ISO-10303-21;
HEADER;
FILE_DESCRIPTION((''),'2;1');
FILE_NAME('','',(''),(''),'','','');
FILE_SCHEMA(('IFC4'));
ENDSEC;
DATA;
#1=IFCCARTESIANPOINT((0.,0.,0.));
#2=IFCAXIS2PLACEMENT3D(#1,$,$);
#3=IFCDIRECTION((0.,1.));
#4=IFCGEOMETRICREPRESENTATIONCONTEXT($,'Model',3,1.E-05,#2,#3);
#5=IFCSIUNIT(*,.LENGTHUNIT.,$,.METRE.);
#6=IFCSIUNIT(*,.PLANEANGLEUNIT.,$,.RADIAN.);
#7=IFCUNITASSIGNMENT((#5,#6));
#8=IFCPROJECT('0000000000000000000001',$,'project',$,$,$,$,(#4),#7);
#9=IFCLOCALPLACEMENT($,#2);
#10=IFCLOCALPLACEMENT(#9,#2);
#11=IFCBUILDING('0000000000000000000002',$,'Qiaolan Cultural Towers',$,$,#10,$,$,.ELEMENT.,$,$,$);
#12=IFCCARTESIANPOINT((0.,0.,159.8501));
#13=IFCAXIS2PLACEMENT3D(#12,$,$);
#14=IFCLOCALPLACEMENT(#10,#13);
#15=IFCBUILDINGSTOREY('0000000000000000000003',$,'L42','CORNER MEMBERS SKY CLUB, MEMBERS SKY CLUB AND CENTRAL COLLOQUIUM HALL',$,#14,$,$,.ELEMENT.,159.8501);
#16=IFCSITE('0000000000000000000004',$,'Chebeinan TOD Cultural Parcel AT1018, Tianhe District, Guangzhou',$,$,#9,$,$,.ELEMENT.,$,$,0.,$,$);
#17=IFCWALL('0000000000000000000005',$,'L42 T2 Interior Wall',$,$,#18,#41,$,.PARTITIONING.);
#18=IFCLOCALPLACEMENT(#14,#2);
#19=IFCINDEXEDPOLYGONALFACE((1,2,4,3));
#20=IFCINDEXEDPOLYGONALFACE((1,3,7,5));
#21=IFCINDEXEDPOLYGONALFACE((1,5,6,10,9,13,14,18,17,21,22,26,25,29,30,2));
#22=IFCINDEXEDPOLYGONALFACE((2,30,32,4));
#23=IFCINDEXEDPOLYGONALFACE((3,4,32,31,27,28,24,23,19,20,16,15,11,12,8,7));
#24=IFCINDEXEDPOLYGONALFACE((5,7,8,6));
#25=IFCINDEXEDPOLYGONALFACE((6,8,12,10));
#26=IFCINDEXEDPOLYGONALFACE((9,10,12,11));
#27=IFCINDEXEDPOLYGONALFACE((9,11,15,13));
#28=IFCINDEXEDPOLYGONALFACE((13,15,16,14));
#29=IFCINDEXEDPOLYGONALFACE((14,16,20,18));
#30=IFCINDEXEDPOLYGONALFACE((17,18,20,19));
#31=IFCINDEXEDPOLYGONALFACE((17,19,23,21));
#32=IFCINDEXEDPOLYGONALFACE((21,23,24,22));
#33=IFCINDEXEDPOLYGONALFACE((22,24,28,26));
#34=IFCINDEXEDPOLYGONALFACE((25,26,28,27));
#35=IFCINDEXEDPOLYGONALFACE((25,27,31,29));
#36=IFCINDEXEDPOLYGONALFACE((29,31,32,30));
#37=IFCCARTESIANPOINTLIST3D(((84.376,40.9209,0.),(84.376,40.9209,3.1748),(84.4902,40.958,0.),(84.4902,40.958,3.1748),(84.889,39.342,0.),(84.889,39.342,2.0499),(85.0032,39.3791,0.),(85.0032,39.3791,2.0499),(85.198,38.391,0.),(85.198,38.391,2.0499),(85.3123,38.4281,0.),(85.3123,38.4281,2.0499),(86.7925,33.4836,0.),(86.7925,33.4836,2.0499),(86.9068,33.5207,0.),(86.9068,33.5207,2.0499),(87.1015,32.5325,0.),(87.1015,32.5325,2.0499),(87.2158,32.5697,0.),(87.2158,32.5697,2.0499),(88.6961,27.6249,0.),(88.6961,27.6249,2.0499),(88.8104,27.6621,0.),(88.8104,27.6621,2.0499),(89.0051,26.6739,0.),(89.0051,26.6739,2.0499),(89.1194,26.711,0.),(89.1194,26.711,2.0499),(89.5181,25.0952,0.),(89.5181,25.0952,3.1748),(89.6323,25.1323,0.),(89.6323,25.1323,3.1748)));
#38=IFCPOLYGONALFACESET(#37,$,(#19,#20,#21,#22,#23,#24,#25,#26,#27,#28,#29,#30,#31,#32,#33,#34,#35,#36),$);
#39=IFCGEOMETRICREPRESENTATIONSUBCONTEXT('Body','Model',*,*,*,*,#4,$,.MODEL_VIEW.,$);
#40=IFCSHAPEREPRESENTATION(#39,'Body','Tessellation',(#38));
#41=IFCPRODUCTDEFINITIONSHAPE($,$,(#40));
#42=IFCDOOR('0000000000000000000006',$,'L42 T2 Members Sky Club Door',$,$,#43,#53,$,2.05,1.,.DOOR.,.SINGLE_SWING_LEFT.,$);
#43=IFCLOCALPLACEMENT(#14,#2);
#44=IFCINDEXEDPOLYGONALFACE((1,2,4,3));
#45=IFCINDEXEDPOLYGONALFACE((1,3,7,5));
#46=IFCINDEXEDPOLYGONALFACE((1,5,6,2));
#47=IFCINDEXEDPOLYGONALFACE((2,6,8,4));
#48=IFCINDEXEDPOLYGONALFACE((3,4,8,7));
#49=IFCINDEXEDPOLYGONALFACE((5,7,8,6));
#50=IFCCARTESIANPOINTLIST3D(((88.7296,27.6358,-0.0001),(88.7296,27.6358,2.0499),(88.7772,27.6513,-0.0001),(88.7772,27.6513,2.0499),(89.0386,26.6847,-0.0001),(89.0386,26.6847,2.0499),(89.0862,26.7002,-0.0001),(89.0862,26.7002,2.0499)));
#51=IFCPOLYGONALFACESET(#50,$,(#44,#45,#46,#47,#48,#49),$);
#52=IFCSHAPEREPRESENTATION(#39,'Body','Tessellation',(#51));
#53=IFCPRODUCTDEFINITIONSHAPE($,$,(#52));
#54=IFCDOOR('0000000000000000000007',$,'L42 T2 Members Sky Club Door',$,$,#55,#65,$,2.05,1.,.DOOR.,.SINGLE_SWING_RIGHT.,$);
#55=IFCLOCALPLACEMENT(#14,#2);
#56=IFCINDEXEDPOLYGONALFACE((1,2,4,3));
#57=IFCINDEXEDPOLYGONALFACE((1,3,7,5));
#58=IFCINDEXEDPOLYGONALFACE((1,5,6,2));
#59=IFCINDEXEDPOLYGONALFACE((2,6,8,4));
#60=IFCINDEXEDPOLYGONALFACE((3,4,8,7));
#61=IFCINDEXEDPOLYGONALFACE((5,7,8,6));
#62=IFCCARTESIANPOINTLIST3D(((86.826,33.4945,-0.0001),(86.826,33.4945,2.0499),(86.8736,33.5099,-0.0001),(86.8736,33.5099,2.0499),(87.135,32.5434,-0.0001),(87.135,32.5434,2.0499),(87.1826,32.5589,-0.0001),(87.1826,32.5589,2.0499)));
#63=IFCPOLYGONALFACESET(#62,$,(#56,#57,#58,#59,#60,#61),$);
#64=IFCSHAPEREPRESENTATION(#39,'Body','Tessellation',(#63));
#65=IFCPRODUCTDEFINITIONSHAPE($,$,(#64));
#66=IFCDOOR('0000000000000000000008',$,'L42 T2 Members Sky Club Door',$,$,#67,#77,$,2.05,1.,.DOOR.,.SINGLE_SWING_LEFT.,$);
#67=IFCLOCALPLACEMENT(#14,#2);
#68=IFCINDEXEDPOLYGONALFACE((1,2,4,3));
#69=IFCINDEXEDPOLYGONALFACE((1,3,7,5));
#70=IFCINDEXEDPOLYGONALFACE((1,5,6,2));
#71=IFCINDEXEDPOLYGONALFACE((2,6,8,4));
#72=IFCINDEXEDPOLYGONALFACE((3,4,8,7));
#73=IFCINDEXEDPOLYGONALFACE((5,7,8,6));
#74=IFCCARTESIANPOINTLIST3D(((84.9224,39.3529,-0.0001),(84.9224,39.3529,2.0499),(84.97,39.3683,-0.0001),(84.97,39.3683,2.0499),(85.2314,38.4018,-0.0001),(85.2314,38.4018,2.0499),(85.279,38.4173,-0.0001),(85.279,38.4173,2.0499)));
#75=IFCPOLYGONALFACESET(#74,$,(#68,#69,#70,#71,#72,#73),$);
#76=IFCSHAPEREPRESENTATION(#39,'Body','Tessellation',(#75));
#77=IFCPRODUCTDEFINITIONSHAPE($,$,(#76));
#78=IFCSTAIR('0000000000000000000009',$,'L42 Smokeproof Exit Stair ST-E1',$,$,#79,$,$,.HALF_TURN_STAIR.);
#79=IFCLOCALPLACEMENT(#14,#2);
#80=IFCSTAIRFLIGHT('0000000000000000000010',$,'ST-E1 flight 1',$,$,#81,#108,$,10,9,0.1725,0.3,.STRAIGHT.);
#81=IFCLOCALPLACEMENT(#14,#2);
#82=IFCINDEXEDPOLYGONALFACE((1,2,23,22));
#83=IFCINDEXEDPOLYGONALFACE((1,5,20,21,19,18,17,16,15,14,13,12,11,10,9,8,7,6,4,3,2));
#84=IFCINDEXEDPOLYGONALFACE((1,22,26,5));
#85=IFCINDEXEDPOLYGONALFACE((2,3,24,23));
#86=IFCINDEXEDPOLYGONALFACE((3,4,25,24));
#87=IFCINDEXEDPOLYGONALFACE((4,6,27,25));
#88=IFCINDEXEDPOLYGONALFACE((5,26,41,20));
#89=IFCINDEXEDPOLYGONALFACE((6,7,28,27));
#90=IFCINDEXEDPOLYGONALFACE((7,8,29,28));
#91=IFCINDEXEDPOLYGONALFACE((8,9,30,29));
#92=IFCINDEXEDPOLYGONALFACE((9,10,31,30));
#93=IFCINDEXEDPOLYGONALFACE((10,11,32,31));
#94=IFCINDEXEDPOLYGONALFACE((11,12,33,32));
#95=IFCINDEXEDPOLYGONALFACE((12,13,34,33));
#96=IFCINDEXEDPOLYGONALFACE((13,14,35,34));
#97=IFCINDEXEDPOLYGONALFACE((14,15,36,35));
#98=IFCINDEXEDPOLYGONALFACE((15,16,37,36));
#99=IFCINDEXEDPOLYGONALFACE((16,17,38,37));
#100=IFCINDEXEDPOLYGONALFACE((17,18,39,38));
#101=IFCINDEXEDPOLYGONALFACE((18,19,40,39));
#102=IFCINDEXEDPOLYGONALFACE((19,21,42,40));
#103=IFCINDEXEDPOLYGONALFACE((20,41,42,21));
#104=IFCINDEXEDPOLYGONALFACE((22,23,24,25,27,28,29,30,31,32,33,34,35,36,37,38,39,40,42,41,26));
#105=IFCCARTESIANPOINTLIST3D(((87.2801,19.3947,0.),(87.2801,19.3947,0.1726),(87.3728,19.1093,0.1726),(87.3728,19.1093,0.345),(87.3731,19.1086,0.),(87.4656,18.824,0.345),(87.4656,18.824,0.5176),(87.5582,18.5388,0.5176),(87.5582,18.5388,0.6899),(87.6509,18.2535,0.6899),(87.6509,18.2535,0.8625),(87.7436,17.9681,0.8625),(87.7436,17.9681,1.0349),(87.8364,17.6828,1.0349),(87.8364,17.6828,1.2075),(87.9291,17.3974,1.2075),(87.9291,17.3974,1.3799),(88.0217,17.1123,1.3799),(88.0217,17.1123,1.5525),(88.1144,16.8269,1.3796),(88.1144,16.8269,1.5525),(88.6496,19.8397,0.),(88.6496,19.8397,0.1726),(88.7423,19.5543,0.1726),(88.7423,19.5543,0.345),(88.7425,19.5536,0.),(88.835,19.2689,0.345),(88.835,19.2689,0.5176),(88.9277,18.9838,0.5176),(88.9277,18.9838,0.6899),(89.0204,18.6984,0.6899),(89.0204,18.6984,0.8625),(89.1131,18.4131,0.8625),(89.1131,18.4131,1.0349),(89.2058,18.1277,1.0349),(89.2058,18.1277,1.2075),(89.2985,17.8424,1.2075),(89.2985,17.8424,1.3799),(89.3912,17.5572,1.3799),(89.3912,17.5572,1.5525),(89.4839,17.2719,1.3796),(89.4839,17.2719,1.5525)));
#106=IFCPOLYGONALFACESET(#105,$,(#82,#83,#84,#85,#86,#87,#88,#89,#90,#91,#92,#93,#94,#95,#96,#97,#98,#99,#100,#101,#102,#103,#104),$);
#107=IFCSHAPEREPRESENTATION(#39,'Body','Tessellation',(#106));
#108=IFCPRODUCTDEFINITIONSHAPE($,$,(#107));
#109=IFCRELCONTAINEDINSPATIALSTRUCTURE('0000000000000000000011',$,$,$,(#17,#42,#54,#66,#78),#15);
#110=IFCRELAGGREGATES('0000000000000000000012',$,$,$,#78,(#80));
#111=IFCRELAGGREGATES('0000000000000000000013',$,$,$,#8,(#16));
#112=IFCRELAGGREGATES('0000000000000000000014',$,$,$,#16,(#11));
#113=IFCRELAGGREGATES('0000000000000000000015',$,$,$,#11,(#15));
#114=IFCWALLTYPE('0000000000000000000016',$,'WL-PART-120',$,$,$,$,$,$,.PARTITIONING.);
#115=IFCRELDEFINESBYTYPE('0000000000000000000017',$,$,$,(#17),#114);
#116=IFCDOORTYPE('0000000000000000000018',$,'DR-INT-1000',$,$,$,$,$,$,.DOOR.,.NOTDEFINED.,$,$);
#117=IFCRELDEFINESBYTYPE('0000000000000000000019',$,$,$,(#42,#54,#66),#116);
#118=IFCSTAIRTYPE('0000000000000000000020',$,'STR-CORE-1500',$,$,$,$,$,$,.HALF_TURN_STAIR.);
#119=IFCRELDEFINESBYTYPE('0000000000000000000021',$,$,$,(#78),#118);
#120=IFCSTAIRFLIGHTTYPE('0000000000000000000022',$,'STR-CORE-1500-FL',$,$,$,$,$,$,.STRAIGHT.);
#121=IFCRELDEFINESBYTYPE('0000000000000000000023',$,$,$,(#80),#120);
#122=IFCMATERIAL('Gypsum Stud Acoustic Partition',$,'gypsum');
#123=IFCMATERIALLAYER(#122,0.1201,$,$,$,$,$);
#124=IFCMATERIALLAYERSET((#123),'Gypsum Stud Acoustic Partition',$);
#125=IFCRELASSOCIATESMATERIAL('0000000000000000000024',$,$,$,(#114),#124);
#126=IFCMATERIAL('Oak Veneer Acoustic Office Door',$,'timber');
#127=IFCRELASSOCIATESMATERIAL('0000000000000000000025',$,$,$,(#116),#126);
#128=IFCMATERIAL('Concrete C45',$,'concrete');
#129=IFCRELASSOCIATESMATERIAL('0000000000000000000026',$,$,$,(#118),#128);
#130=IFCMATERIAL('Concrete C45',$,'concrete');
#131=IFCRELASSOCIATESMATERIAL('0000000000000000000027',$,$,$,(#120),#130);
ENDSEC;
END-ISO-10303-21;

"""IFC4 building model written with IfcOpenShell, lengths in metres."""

from ifc_helpers import new_model, si_unit, direction, frame, frame_2d, origin, place, context, subcontext, project, spatial, polyline, rectangle, outline, extrude, material, layer, layer_set, type_object, element, fill, aggregate, save


model = new_model("IFC4")

# Units and contexts
model_context = context("Model", 3, precision=1e-05, world=origin(), true_north=direction((0.0, 1.0)))
body_context = subcontext(model_context, "Body", "Model", "MODEL_VIEW")
ifc_project = project(units=[si_unit("LENGTHUNIT", "METRE"), si_unit("PLANEANGLEUNIT", "RADIAN")], contexts=[model_context])

# Site, building, storey
site_placement = place(None, origin())
site = spatial("IfcSite", under=ifc_project, at=site_placement, Name="Chebeinan TOD Cultural Parcel AT1018, Tianhe District, Guangzhou", CompositionType="ELEMENT", RefElevation=0.0)
building_placement = place(site_placement, origin())
building = spatial("IfcBuilding", under=site, at=building_placement, Name="Qiaolan Cultural Towers", CompositionType="ELEMENT")
storey_placement = place(building_placement, frame((0.0, 0.0, 159.8501)))
storey = spatial("IfcBuildingStorey", under=building, at=storey_placement, Name="L42", Description="CORNER MEMBERS SKY CLUB, MEMBERS SKY CLUB AND CENTRAL COLLOQUIUM HALL", CompositionType="ELEMENT", Elevation=159.8501)

# Wall, openings, doors
ifc_material_1 = material(Name="Gypsum Stud Acoustic Partition", Category="gypsum")
ifc_layer_1 = layer(ifc_material_1, 0.1201)
ifc_layer_set_1 = layer_set([ifc_layer_1], Name="Gypsum Stud Acoustic Partition")
wall_type_1 = type_object("IfcWallType", Name="WL-PART-120", PredefinedType="PARTITIONING", material=ifc_layer_set_1)
wall_1_placement = place(storey_placement, frame((89.5752, 25.1138, 0.0), z_axis=(0.0, 0.0, 1.0), x_axis=(-0.309018, 0.951056, 0.0)))
wall_1 = element("IfcWall", 1, at=wall_1_placement, inside=storey, type_object=wall_type_1, Name="L42 T2 Interior Wall", PredefinedType="PARTITIONING", context=body_context, shape_type="SweptSolid", body=[
    extrude(rectangle(XDim=16.6401, YDim=0.1201, at=frame_2d((8.3201, 0.0))), origin(), (0.0, 0.0, 1.0), 3.1748),
])
opening_1_placement = place(wall_1_placement, frame((1.6599, 0.0, 0.0)))
opening_1 = element("IfcOpeningElement", 2, at=opening_1_placement, cuts=wall_1, PredefinedType="OPENING", context=body_context, shape_type="SweptSolid", body=[
    extrude(rectangle(XDim=1.0, YDim=2.05, at=frame_2d((0.5, 1.0249))), frame((0.0, 0.0701, 0.0), z_axis=(0.0, -1.0, 0.0), x_axis=(1.0, 0.0, 0.0)), (0.0, 0.0, 1.0), 0.1401),
])
opening_2_placement = place(wall_1_placement, frame((7.8201, 0.0, 0.0)))
opening_2 = element("IfcOpeningElement", 3, at=opening_2_placement, cuts=wall_1, PredefinedType="OPENING", context=body_context, shape_type="SweptSolid", body=[
    extrude(rectangle(XDim=1.0, YDim=2.05, at=frame_2d((0.5, 1.0249))), frame((0.0, 0.0701, 0.0), z_axis=(0.0, -1.0, 0.0), x_axis=(1.0, 0.0, 0.0)), (0.0, 0.0, 1.0), 0.1401),
])
opening_3_placement = place(wall_1_placement, frame((13.98, 0.0, 0.0)))
opening_3 = element("IfcOpeningElement", 4, at=opening_3_placement, cuts=wall_1, PredefinedType="OPENING", context=body_context, shape_type="SweptSolid", body=[
    extrude(rectangle(XDim=1.0, YDim=2.05, at=frame_2d((0.5, 1.0249))), frame((0.0, 0.0701, 0.0), z_axis=(0.0, -1.0, 0.0), x_axis=(1.0, 0.0, 0.0)), (0.0, 0.0, 1.0), 0.1401),
])
ifc_material_2 = material(Name="Oak Veneer Acoustic Office Door", Category="timber")
door_type_1 = type_object("IfcDoorType", Name="DR-INT-1000", OperationType="NOTDEFINED", PredefinedType="DOOR", material=ifc_material_2)
door_1_placement = place(opening_1_placement, origin())
door_1 = element("IfcDoor", 5, at=door_1_placement, inside=storey, type_object=door_type_1, Name="L42 T2 Members Sky Club Door", OperationType="SINGLE_SWING_LEFT", OverallHeight=2.05, OverallWidth=1.0, PredefinedType="DOOR", context=body_context, shape_type="SweptSolid", body=[
    extrude(rectangle(XDim=1.0, YDim=2.05, at=frame_2d((0.5, 1.0249))), frame((0.0, 0.0249, 0.0), z_axis=(0.0, -1.0, 0.0), x_axis=(1.0, 0.0, 0.0)), (0.0, 0.0, 1.0), 0.05),
])
fill(opening_1, door_1)
door_2_placement = place(opening_2_placement, origin())
door_2 = element("IfcDoor", 6, at=door_2_placement, inside=storey, type_object=door_type_1, Name="L42 T2 Members Sky Club Door", OperationType="SINGLE_SWING_RIGHT", OverallHeight=2.05, OverallWidth=1.0, PredefinedType="DOOR", context=body_context, shape_type="SweptSolid", body=[
    extrude(rectangle(XDim=1.0, YDim=2.05, at=frame_2d((0.5, 1.0249))), frame((0.0, 0.0249, 0.0), z_axis=(0.0, -1.0, 0.0), x_axis=(1.0, 0.0, 0.0)), (0.0, 0.0, 1.0), 0.05),
])
fill(opening_2, door_2)
door_3_placement = place(opening_3_placement, origin())
door_3 = element("IfcDoor", 7, at=door_3_placement, inside=storey, type_object=door_type_1, Name="L42 T2 Members Sky Club Door", OperationType="SINGLE_SWING_LEFT", OverallHeight=2.05, OverallWidth=1.0, PredefinedType="DOOR", context=body_context, shape_type="SweptSolid", body=[
    extrude(rectangle(XDim=1.0, YDim=2.05, at=frame_2d((0.5, 1.0249))), frame((0.0, 0.0249, 0.0), z_axis=(0.0, -1.0, 0.0), x_axis=(1.0, 0.0, 0.0)), (0.0, 0.0, 1.0), 0.05),
])
fill(opening_3, door_3)

# Stair, stair flight
ifc_material_3 = material(Name="Concrete C45", Category="concrete")
stair_type = type_object("IfcStairType", Name="STR-CORE-1500", PredefinedType="HALF_TURN_STAIR", material=ifc_material_3)
stair_placement = place(storey_placement, origin())
stair = element("IfcStair", 8, at=stair_placement, inside=storey, type_object=stair_type, Name="L42 Smokeproof Exit Stair ST-E1", PredefinedType="HALF_TURN_STAIR")
ifc_material_4 = material(Name="Concrete C45", Category="concrete")
stair_flight_type = type_object("IfcStairFlightType", Name="STR-CORE-1500-FL", PredefinedType="STRAIGHT", material=ifc_material_4)
stair_flight_placement = place(storey_placement, frame((87.9648, 19.6172, 0.0), z_axis=(0.0, 0.0, 1.0), x_axis=(0.309017, -0.951057, 0.0)))
stair_flight = element("IfcStairFlight", 9, at=stair_flight_placement, type_object=stair_flight_type, Name="ST-E1 flight 1", NumberOfRisers=10, NumberOfTreads=9, PredefinedType="STRAIGHT", RiserHeight=0.1725, TreadLength=0.3, context=body_context, shape_type="SweptSolid", body=[
    extrude(outline(polyline([(0.0, 0.0), (0.0, 0.1726), (0.3, 0.1726), (0.3, 0.345), (0.6001, 0.345), (0.6001, 0.5176), (0.8999, 0.5176), (0.8999, 0.6899), (1.2, 0.6899), (1.2, 0.8625), (1.5, 0.8625), (1.5, 1.0349), (1.8, 1.0349), (1.8, 1.2075), (2.1001, 1.2075), (2.1001, 1.3799), (2.3999, 1.3799), (2.3999, 1.5525), (2.7, 1.5525), (2.7, 1.7251), (2.7, 1.3796), (0.3008, 0.0), (0.0, 0.0)])), frame((0.0, 0.72, 0.0), z_axis=(0.0, -1.0, 0.0), x_axis=(1.0, 0.0, 0.0)), (0.0, 0.0, 1.0), 1.4399),
])
aggregate(stair, [stair_flight])

save(model, "model.ifc")
